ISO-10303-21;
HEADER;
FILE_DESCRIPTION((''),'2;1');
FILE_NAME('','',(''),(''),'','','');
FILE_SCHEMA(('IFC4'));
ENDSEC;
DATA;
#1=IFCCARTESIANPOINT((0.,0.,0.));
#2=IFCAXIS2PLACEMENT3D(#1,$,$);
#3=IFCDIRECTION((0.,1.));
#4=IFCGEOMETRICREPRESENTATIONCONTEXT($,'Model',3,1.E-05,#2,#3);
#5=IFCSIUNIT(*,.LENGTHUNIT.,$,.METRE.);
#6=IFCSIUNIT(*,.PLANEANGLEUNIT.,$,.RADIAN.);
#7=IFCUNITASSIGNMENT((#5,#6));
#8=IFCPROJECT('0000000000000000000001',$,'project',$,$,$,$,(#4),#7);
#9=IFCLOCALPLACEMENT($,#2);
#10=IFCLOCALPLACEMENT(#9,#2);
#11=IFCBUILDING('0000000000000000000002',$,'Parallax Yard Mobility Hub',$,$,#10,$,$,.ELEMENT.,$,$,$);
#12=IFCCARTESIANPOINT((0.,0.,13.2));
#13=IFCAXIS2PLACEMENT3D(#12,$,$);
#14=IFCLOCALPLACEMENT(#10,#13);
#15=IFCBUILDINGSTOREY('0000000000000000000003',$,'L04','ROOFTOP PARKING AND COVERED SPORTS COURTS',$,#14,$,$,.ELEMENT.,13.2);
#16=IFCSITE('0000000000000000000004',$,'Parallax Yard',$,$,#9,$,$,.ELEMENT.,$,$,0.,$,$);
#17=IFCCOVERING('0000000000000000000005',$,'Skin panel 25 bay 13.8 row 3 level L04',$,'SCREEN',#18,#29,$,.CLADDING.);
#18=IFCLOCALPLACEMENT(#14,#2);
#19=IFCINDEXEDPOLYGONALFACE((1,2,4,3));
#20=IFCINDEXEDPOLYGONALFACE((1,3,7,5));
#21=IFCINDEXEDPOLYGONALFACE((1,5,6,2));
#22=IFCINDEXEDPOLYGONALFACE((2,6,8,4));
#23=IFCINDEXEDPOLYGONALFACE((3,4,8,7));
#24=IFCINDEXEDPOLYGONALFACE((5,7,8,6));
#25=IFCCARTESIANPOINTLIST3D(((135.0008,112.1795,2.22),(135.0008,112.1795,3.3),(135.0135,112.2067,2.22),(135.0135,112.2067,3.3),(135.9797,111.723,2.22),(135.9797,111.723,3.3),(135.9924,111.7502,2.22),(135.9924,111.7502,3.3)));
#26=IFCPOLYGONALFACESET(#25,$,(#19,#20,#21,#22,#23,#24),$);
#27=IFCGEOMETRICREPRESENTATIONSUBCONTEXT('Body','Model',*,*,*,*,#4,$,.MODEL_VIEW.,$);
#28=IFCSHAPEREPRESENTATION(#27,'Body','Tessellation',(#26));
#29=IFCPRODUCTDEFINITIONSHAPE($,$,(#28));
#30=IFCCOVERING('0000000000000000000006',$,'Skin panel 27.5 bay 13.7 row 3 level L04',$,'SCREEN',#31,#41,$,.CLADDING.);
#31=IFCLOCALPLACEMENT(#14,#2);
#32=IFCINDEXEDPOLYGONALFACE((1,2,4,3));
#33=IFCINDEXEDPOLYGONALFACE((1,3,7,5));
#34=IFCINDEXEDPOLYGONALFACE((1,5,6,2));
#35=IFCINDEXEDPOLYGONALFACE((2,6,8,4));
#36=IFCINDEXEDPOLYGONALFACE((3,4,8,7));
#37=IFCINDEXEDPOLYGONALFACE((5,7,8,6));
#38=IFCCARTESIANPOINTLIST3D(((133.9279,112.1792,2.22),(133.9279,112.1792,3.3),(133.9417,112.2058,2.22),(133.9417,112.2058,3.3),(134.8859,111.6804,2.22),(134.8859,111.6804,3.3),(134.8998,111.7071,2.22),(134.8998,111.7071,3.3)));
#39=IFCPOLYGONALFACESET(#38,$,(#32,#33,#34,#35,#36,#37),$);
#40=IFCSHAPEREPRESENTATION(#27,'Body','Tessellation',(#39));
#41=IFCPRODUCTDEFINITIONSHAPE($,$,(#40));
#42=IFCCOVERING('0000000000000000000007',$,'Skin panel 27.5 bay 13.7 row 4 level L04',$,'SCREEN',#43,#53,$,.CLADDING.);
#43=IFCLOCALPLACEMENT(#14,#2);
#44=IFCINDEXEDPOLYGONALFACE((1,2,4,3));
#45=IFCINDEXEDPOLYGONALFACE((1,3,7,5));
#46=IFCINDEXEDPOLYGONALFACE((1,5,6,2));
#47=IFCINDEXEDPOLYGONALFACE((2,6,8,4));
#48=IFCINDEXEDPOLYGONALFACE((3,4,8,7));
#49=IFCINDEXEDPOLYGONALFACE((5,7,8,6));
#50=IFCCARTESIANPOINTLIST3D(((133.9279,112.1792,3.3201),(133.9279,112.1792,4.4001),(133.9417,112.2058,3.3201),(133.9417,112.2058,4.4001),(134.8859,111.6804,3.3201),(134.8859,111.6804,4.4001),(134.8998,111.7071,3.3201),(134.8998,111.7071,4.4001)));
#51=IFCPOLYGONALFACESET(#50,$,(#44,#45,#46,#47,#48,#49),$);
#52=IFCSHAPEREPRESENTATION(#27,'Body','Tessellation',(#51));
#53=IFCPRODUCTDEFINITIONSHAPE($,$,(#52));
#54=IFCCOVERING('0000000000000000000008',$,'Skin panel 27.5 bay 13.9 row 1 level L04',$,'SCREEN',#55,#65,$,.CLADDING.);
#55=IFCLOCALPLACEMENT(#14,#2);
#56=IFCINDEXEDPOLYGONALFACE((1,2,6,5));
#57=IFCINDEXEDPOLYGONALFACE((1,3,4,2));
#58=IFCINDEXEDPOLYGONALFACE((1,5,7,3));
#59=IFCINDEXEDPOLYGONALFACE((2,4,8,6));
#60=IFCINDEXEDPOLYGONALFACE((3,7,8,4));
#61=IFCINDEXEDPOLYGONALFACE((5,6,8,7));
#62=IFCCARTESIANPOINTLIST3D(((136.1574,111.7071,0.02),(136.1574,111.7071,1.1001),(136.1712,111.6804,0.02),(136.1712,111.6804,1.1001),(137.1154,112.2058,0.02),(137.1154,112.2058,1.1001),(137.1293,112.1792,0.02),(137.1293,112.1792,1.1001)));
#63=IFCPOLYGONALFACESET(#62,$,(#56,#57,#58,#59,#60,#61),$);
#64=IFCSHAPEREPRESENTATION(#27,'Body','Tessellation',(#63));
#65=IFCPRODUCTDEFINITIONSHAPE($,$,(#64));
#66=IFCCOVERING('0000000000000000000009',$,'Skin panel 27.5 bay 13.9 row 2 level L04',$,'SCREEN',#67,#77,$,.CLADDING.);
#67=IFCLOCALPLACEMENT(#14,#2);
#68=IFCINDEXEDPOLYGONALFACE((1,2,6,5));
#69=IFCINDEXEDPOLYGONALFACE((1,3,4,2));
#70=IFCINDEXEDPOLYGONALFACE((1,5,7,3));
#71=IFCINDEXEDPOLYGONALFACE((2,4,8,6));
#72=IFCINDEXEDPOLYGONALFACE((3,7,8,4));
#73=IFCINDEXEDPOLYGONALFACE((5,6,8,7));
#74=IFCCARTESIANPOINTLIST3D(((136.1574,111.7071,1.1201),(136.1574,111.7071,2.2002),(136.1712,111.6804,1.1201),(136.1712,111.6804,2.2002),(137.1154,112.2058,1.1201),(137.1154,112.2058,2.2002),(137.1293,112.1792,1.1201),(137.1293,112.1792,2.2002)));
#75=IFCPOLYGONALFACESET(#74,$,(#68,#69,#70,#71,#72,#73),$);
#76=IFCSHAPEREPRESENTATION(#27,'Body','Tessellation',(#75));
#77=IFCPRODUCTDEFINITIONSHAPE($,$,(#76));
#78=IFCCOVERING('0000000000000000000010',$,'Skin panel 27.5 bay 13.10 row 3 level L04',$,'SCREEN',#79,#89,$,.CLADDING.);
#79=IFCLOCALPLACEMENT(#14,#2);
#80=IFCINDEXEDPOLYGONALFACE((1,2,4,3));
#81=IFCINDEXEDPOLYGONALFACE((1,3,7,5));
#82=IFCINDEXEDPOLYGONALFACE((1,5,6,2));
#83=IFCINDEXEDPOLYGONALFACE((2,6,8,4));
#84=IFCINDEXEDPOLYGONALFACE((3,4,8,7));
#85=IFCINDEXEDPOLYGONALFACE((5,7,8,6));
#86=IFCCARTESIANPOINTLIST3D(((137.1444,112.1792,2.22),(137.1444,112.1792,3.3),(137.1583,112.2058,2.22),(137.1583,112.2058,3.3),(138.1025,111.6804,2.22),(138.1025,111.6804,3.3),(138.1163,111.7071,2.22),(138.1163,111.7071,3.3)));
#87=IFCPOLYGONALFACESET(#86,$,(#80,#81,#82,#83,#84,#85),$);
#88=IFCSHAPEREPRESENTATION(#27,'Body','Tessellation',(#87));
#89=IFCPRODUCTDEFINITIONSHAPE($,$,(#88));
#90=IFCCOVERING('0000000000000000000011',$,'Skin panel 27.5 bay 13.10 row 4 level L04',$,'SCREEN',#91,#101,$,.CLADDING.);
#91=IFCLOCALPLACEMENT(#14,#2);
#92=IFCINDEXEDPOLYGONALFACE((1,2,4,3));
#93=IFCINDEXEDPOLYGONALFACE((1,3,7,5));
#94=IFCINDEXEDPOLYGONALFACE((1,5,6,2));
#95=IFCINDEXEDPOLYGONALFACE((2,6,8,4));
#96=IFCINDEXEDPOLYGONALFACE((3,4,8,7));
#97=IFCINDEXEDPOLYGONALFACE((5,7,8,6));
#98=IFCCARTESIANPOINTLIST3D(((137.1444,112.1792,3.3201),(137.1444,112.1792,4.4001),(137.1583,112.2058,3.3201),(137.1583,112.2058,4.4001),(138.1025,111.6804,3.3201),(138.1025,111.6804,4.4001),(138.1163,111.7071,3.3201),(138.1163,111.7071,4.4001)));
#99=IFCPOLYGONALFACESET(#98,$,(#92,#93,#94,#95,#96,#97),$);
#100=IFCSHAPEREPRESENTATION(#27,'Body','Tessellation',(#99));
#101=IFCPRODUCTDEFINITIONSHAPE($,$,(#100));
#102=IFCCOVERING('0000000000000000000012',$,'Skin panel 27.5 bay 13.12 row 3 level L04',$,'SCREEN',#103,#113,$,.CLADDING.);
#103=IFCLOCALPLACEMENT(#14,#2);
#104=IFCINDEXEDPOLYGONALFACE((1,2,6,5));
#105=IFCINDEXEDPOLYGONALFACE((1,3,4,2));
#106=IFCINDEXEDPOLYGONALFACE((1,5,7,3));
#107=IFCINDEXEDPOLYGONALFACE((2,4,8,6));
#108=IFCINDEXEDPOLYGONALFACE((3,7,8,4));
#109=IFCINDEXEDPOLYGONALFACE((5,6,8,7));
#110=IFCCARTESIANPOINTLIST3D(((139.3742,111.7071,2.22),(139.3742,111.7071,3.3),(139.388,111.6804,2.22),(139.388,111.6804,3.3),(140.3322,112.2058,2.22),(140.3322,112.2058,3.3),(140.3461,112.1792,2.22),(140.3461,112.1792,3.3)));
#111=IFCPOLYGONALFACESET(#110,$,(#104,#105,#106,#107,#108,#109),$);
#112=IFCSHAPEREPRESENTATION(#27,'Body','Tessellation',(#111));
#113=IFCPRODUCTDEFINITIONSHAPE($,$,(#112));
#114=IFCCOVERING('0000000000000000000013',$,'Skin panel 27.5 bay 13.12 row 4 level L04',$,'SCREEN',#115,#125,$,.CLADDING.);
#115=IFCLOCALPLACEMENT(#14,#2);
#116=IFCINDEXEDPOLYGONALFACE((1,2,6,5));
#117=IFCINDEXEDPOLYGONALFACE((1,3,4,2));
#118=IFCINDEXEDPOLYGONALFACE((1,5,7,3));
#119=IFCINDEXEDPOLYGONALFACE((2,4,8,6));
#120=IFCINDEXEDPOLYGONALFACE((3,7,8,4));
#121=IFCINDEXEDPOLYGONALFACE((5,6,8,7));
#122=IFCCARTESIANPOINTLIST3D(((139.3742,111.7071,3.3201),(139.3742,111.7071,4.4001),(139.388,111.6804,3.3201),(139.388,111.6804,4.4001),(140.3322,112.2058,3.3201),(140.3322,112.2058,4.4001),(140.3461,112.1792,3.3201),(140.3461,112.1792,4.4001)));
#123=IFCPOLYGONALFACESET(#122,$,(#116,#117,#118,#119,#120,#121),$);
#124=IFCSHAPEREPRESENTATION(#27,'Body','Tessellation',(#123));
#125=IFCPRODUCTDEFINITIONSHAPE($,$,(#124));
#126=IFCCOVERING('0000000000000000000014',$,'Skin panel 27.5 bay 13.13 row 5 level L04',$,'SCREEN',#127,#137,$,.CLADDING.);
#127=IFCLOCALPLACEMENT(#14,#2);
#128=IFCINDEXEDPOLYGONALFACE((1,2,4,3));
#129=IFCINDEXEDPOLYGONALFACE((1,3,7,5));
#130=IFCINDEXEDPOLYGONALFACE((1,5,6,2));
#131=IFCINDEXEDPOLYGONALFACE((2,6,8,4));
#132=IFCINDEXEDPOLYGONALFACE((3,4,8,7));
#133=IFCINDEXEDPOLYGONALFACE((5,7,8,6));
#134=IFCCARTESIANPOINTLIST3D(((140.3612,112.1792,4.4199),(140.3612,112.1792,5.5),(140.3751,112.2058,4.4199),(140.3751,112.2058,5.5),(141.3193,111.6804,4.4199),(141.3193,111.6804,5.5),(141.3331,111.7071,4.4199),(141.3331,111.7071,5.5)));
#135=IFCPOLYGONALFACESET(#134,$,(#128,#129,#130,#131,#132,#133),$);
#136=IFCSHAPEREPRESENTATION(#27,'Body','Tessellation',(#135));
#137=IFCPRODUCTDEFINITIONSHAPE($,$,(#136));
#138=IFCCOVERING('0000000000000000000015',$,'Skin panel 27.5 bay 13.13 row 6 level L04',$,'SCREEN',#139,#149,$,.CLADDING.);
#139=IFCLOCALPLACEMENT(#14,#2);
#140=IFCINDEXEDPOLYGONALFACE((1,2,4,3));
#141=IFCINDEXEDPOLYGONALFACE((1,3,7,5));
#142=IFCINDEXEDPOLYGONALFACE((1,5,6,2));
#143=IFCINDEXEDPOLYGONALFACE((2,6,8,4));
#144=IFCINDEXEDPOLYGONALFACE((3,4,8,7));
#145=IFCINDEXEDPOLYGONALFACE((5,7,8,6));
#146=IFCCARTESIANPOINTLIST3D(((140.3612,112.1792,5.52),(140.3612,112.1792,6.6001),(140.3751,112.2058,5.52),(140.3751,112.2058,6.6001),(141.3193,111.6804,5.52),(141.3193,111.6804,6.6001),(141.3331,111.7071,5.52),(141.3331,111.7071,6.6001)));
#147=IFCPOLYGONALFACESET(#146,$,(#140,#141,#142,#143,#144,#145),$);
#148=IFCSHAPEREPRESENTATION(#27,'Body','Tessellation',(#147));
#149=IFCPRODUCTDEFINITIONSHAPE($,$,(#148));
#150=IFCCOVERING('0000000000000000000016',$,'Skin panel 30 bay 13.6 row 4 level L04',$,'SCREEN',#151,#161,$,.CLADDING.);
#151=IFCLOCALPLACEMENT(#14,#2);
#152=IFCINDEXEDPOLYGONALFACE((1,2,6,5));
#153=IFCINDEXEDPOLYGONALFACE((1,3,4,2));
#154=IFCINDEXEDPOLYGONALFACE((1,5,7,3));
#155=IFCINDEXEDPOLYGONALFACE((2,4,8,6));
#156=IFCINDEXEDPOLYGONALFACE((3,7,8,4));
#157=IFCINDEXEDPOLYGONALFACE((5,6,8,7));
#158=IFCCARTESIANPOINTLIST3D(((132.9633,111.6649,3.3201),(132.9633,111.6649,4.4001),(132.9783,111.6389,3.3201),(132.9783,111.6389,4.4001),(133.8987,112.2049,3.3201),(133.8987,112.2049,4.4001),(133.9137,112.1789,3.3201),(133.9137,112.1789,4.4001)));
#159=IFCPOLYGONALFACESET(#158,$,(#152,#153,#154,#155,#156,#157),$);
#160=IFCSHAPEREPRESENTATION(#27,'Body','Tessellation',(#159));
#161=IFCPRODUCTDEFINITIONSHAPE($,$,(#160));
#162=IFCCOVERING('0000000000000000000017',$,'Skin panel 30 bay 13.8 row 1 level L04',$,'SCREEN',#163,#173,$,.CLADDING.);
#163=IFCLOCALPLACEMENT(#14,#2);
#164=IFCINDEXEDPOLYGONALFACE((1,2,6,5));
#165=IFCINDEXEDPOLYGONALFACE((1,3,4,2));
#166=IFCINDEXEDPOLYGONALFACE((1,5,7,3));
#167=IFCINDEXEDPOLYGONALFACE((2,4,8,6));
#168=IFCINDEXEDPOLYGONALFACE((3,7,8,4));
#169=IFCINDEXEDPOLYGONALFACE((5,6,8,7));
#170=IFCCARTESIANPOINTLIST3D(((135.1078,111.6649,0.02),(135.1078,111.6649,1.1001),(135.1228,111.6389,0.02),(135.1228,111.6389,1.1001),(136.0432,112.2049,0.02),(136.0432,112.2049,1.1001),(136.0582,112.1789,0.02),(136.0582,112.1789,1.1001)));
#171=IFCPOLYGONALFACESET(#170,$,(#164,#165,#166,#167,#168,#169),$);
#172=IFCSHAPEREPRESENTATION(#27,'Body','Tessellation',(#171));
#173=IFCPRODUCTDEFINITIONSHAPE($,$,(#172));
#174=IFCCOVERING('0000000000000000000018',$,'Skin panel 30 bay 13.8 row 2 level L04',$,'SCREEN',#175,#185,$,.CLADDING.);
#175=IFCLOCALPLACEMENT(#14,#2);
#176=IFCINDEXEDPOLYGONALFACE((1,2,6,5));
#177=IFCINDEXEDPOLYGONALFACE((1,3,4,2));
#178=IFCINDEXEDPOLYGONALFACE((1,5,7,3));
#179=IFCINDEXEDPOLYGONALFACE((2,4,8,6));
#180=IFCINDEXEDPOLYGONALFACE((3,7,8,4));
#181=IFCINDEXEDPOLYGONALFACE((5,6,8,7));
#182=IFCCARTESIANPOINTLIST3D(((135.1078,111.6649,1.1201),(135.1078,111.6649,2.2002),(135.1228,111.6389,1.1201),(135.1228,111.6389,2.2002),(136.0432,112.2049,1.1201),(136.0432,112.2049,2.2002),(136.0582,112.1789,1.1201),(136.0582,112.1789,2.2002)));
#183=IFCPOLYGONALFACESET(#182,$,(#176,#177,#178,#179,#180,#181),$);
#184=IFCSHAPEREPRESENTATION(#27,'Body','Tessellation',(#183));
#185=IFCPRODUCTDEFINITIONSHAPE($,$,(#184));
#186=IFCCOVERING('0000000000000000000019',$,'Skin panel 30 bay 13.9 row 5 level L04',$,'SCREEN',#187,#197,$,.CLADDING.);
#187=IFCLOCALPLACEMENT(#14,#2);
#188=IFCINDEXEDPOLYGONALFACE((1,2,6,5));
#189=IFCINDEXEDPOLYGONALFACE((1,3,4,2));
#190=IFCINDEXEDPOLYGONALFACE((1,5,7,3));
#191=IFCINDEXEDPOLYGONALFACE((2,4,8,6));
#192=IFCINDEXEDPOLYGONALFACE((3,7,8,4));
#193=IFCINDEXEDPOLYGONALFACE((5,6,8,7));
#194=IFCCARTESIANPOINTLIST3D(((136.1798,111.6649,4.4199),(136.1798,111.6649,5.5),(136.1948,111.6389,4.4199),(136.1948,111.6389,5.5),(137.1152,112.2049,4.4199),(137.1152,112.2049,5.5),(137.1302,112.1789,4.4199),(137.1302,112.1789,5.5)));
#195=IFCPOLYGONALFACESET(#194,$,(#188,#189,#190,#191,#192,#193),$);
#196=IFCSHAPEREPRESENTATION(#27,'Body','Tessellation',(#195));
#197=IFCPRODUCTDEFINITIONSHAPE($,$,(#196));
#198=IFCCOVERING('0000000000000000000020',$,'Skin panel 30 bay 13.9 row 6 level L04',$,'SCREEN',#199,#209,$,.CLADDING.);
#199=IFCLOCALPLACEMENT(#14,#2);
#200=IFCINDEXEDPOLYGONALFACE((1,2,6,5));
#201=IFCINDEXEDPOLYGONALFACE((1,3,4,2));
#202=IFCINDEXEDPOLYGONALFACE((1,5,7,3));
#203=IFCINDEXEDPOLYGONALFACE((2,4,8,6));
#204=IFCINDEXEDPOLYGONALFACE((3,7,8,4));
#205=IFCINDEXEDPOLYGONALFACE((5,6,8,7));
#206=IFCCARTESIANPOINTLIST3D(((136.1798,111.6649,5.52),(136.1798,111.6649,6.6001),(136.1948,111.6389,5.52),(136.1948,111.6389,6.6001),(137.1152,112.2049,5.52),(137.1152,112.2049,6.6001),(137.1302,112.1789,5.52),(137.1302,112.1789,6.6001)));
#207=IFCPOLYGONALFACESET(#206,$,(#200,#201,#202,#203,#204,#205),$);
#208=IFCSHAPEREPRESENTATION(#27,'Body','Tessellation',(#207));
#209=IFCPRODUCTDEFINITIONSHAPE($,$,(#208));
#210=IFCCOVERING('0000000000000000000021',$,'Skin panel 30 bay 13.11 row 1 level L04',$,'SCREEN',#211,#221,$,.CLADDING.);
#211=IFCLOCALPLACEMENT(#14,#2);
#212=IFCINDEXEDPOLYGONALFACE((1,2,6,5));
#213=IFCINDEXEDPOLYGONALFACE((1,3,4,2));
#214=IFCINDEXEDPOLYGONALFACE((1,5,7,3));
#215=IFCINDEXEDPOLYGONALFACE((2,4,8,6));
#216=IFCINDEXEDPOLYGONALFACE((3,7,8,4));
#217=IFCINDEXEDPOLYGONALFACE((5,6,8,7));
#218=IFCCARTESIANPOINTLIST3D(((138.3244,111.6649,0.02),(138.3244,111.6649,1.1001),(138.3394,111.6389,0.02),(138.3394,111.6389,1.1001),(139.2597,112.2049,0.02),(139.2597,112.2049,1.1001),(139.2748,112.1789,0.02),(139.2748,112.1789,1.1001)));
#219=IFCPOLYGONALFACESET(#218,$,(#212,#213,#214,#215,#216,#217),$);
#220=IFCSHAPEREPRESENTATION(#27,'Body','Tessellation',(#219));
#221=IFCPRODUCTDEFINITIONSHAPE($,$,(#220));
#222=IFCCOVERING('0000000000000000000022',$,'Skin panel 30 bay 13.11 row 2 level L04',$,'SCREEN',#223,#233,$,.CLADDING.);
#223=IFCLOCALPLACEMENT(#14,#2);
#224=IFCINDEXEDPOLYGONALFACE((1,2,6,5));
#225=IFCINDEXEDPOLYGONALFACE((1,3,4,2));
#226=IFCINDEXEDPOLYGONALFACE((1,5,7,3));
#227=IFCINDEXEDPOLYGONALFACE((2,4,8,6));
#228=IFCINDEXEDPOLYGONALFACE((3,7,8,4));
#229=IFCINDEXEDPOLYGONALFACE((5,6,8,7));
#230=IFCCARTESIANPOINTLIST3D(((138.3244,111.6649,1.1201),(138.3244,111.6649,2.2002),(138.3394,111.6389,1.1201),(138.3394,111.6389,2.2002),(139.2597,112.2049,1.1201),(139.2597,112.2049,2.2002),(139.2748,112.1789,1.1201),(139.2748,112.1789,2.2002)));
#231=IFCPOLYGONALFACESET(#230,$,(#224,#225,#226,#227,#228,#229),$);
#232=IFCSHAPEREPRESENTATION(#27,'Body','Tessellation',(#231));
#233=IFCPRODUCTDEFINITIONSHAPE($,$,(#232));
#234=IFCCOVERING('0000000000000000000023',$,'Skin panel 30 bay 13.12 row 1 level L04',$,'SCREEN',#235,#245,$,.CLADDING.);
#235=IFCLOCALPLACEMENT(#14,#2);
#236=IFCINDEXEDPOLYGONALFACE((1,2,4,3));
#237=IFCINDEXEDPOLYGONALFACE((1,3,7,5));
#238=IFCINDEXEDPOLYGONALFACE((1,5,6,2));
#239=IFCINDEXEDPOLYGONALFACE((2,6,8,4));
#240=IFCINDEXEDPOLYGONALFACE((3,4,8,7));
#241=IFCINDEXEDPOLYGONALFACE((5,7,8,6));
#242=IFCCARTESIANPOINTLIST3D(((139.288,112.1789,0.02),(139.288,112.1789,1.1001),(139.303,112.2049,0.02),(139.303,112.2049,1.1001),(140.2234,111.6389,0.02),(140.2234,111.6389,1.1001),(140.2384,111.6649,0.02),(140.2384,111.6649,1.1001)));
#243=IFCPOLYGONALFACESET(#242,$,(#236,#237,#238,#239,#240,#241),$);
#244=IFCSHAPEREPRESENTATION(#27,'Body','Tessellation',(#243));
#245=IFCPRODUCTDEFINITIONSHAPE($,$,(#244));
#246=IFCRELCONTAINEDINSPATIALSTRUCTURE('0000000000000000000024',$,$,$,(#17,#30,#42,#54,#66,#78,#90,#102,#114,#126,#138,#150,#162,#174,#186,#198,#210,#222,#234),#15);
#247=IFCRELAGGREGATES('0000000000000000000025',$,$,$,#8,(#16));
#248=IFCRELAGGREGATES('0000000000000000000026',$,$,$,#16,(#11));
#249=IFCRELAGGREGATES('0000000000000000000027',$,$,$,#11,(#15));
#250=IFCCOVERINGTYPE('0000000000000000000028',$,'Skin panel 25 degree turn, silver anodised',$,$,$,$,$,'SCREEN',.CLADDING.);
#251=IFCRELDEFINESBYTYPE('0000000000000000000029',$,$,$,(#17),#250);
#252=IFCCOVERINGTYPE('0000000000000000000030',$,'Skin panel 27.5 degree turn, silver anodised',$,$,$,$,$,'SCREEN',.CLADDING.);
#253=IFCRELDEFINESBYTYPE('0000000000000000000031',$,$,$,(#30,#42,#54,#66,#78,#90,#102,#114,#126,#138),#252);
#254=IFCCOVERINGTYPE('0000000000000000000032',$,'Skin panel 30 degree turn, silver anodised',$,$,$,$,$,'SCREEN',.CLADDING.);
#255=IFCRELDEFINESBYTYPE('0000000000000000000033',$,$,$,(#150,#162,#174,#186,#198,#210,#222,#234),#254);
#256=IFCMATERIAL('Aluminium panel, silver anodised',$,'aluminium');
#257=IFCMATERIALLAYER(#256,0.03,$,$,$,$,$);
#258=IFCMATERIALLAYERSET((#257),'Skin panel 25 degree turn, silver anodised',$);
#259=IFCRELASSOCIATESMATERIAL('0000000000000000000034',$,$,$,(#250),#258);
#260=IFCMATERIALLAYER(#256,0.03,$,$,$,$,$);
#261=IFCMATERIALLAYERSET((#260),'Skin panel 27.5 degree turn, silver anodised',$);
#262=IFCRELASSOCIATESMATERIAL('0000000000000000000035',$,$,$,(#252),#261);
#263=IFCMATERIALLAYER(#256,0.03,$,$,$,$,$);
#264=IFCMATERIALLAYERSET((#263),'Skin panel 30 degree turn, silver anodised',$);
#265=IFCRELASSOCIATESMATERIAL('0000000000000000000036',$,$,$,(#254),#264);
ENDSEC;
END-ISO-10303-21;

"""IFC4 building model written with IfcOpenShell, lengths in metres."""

from ifc_helpers import new_model, si_unit, direction, frame, origin, origin_2d, place, context, subcontext, project, spatial, rectangle, extrude, material, layer, layer_set, type_object, element, save


model = new_model("IFC4")

# Units and contexts
model_context = context("Model", 3, precision=1e-05, world=origin(), true_north=direction((0.0, 1.0)))
body_context = subcontext(model_context, "Body", "Model", "MODEL_VIEW")
ifc_project = project(units=[si_unit("LENGTHUNIT", "METRE"), si_unit("PLANEANGLEUNIT", "RADIAN")], contexts=[model_context])

# Site, building, storey
site_placement = place(None, origin())
site = spatial("IfcSite", under=ifc_project, at=site_placement, Name="Parallax Yard", CompositionType="ELEMENT", RefElevation=0.0)
building_placement = place(site_placement, origin())
building = spatial("IfcBuilding", under=site, at=building_placement, Name="Parallax Yard Mobility Hub", CompositionType="ELEMENT")
storey_placement = place(building_placement, frame((0.0, 0.0, 13.2)))
storey = spatial("IfcBuildingStorey", under=building, at=storey_placement, Name="L04", Description="ROOFTOP PARKING AND COVERED SPORTS COURTS", CompositionType="ELEMENT", Elevation=13.2)

# Coverings
ifc_material = material(Name="Aluminium panel, silver anodised", Category="aluminium")
ifc_layer_1 = layer(ifc_material, 0.03)
ifc_layer_set_1 = layer_set([ifc_layer_1], Name="Skin panel 25 degree turn, silver anodised")
covering_type_1 = type_object("IfcCoveringType", Name="Skin panel 25 degree turn, silver anodised", ElementType="SCREEN", PredefinedType="CLADDING", material=ifc_layer_set_1)
covering_placement = place(storey_placement, frame((135.4966, 111.9648, 2.22), z_axis=(0.0, 0.0, 1.0), x_axis=(0.906308, -0.422618, 0.0)))
element("IfcCovering", 1, at=covering_placement, inside=storey, type_object=covering_type_1, Name="Skin panel 25 bay 13.8 row 3 level L04", ObjectType="SCREEN", PredefinedType="CLADDING", context=body_context, shape_type="SweptSolid", body=[
    extrude(rectangle(XDim=1.0801, YDim=0.03, at=origin_2d()), origin(), (0.0, 0.0, 1.0), 1.0801),
])
ifc_layer_2 = layer(ifc_material, 0.03)
ifc_layer_set_2 = layer_set([ifc_layer_2], Name="Skin panel 27.5 degree turn, silver anodised")
covering_type_2 = type_object("IfcCoveringType", Name="Skin panel 27.5 degree turn, silver anodised", ElementType="SCREEN", PredefinedType="CLADDING", material=ifc_layer_set_2)
for number, where, z_axis, x_axis, name in (
    (2, (134.4138, 111.9431, 2.22), (0.0, 0.0, 1.0), (0.887011, -0.461749, 0.0), "Skin panel 27.5 bay 13.7 row 3 level L04"),
    (3, (134.4138, 111.9431, 3.3201), (0.0, 0.0, 1.0), (0.887011, -0.461749, 0.0), "Skin panel 27.5 bay 13.7 row 4 level L04"),
    (4, (136.6433, 111.9431, 0.02), (0.0, 0.0, 1.0), (-0.887011, -0.461749, 0.0), "Skin panel 27.5 bay 13.9 row 1 level L04"),
    (5, (136.6433, 111.9431, 1.1201), (0.0, 0.0, 1.0), (-0.887011, -0.461749, 0.0), "Skin panel 27.5 bay 13.9 row 2 level L04"),
    (6, (137.6304, 111.9431, 2.22), (0.0, 0.0, 1.0), (0.887011, -0.461749, 0.0), "Skin panel 27.5 bay 13.10 row 3 level L04"),
    (7, (137.6304, 111.9431, 3.3201), (0.0, 0.0, 1.0), (0.887011, -0.461749, 0.0), "Skin panel 27.5 bay 13.10 row 4 level L04"),
    (8, (139.8601, 111.9431, 2.22), (0.0, 0.0, 1.0), (-0.887011, -0.461749, 0.0), "Skin panel 27.5 bay 13.12 row 3 level L04"),
    (9, (139.8601, 111.9431, 3.3201), (0.0, 0.0, 1.0), (-0.887011, -0.461749, 0.0), "Skin panel 27.5 bay 13.12 row 4 level L04"),
    (10, (140.8472, 111.9431, 4.4199), (0.0, 0.0, 1.0), (0.887011, -0.461749, 0.0), "Skin panel 27.5 bay 13.13 row 5 level L04"),
    (11, (140.8472, 111.9431, 5.52), (0.0, 0.0, 1.0), (0.887011, -0.461749, 0.0), "Skin panel 27.5 bay 13.13 row 6 level L04"),
):
    element("IfcCovering", number, at=place(storey_placement, frame(where, z_axis=z_axis, x_axis=x_axis)), inside=storey, type_object=covering_type_2, Name=name, ObjectType="SCREEN", PredefinedType="CLADDING", context=body_context, shape_type="SweptSolid", body=[
        extrude(rectangle(XDim=1.0801, YDim=0.03, at=origin_2d()), origin(), (0.0, 0.0, 1.0), 1.0801),
    ])
ifc_layer_3 = layer(ifc_material, 0.03)
ifc_layer_set_3 = layer_set([ifc_layer_3], Name="Skin panel 30 degree turn, silver anodised")
covering_type_3 = type_object("IfcCoveringType", Name="Skin panel 30 degree turn, silver anodised", ElementType="SCREEN", PredefinedType="CLADDING", material=ifc_layer_set_3)
for number, where, z_axis, x_axis, name in (
    (12, (133.4385, 111.9219, 3.3201), (0.0, 0.0, 1.0), (-0.866025, -0.5, 0.0), "Skin panel 30 bay 13.6 row 4 level L04"),
    (13, (135.583, 111.9219, 0.02), (0.0, 0.0, 1.0), (-0.866025, -0.5, 0.0), "Skin panel 30 bay 13.8 row 1 level L04"),
    (14, (135.583, 111.9219, 1.1201), (0.0, 0.0, 1.0), (-0.866025, -0.5, 0.0), "Skin panel 30 bay 13.8 row 2 level L04"),
    (15, (136.655, 111.9219, 4.4199), (0.0, 0.0, 1.0), (-0.866025, -0.5, 0.0), "Skin panel 30 bay 13.9 row 5 level L04"),
    (16, (136.655, 111.9219, 5.52), (0.0, 0.0, 1.0), (-0.866025, -0.5, 0.0), "Skin panel 30 bay 13.9 row 6 level L04"),
    (17, (138.7996, 111.9219, 0.02), (0.0, 0.0, 1.0), (-0.866025, -0.5, 0.0), "Skin panel 30 bay 13.11 row 1 level L04"),
    (18, (138.7996, 111.9219, 1.1201), (0.0, 0.0, 1.0), (-0.866025, -0.5, 0.0), "Skin panel 30 bay 13.11 row 2 level L04"),
    (19, (139.7632, 111.9219, 0.02), (0.0, 0.0, 1.0), (0.866025, -0.5, 0.0), "Skin panel 30 bay 13.12 row 1 level L04"),
):
    element("IfcCovering", number, at=place(storey_placement, frame(where, z_axis=z_axis, x_axis=x_axis)), inside=storey, type_object=covering_type_3, Name=name, ObjectType="SCREEN", PredefinedType="CLADDING", context=body_context, shape_type="SweptSolid", body=[
        extrude(rectangle(XDim=1.0801, YDim=0.03, at=origin_2d()), origin(), (0.0, 0.0, 1.0), 1.0801),
    ])

save(model, "model.ifc")
